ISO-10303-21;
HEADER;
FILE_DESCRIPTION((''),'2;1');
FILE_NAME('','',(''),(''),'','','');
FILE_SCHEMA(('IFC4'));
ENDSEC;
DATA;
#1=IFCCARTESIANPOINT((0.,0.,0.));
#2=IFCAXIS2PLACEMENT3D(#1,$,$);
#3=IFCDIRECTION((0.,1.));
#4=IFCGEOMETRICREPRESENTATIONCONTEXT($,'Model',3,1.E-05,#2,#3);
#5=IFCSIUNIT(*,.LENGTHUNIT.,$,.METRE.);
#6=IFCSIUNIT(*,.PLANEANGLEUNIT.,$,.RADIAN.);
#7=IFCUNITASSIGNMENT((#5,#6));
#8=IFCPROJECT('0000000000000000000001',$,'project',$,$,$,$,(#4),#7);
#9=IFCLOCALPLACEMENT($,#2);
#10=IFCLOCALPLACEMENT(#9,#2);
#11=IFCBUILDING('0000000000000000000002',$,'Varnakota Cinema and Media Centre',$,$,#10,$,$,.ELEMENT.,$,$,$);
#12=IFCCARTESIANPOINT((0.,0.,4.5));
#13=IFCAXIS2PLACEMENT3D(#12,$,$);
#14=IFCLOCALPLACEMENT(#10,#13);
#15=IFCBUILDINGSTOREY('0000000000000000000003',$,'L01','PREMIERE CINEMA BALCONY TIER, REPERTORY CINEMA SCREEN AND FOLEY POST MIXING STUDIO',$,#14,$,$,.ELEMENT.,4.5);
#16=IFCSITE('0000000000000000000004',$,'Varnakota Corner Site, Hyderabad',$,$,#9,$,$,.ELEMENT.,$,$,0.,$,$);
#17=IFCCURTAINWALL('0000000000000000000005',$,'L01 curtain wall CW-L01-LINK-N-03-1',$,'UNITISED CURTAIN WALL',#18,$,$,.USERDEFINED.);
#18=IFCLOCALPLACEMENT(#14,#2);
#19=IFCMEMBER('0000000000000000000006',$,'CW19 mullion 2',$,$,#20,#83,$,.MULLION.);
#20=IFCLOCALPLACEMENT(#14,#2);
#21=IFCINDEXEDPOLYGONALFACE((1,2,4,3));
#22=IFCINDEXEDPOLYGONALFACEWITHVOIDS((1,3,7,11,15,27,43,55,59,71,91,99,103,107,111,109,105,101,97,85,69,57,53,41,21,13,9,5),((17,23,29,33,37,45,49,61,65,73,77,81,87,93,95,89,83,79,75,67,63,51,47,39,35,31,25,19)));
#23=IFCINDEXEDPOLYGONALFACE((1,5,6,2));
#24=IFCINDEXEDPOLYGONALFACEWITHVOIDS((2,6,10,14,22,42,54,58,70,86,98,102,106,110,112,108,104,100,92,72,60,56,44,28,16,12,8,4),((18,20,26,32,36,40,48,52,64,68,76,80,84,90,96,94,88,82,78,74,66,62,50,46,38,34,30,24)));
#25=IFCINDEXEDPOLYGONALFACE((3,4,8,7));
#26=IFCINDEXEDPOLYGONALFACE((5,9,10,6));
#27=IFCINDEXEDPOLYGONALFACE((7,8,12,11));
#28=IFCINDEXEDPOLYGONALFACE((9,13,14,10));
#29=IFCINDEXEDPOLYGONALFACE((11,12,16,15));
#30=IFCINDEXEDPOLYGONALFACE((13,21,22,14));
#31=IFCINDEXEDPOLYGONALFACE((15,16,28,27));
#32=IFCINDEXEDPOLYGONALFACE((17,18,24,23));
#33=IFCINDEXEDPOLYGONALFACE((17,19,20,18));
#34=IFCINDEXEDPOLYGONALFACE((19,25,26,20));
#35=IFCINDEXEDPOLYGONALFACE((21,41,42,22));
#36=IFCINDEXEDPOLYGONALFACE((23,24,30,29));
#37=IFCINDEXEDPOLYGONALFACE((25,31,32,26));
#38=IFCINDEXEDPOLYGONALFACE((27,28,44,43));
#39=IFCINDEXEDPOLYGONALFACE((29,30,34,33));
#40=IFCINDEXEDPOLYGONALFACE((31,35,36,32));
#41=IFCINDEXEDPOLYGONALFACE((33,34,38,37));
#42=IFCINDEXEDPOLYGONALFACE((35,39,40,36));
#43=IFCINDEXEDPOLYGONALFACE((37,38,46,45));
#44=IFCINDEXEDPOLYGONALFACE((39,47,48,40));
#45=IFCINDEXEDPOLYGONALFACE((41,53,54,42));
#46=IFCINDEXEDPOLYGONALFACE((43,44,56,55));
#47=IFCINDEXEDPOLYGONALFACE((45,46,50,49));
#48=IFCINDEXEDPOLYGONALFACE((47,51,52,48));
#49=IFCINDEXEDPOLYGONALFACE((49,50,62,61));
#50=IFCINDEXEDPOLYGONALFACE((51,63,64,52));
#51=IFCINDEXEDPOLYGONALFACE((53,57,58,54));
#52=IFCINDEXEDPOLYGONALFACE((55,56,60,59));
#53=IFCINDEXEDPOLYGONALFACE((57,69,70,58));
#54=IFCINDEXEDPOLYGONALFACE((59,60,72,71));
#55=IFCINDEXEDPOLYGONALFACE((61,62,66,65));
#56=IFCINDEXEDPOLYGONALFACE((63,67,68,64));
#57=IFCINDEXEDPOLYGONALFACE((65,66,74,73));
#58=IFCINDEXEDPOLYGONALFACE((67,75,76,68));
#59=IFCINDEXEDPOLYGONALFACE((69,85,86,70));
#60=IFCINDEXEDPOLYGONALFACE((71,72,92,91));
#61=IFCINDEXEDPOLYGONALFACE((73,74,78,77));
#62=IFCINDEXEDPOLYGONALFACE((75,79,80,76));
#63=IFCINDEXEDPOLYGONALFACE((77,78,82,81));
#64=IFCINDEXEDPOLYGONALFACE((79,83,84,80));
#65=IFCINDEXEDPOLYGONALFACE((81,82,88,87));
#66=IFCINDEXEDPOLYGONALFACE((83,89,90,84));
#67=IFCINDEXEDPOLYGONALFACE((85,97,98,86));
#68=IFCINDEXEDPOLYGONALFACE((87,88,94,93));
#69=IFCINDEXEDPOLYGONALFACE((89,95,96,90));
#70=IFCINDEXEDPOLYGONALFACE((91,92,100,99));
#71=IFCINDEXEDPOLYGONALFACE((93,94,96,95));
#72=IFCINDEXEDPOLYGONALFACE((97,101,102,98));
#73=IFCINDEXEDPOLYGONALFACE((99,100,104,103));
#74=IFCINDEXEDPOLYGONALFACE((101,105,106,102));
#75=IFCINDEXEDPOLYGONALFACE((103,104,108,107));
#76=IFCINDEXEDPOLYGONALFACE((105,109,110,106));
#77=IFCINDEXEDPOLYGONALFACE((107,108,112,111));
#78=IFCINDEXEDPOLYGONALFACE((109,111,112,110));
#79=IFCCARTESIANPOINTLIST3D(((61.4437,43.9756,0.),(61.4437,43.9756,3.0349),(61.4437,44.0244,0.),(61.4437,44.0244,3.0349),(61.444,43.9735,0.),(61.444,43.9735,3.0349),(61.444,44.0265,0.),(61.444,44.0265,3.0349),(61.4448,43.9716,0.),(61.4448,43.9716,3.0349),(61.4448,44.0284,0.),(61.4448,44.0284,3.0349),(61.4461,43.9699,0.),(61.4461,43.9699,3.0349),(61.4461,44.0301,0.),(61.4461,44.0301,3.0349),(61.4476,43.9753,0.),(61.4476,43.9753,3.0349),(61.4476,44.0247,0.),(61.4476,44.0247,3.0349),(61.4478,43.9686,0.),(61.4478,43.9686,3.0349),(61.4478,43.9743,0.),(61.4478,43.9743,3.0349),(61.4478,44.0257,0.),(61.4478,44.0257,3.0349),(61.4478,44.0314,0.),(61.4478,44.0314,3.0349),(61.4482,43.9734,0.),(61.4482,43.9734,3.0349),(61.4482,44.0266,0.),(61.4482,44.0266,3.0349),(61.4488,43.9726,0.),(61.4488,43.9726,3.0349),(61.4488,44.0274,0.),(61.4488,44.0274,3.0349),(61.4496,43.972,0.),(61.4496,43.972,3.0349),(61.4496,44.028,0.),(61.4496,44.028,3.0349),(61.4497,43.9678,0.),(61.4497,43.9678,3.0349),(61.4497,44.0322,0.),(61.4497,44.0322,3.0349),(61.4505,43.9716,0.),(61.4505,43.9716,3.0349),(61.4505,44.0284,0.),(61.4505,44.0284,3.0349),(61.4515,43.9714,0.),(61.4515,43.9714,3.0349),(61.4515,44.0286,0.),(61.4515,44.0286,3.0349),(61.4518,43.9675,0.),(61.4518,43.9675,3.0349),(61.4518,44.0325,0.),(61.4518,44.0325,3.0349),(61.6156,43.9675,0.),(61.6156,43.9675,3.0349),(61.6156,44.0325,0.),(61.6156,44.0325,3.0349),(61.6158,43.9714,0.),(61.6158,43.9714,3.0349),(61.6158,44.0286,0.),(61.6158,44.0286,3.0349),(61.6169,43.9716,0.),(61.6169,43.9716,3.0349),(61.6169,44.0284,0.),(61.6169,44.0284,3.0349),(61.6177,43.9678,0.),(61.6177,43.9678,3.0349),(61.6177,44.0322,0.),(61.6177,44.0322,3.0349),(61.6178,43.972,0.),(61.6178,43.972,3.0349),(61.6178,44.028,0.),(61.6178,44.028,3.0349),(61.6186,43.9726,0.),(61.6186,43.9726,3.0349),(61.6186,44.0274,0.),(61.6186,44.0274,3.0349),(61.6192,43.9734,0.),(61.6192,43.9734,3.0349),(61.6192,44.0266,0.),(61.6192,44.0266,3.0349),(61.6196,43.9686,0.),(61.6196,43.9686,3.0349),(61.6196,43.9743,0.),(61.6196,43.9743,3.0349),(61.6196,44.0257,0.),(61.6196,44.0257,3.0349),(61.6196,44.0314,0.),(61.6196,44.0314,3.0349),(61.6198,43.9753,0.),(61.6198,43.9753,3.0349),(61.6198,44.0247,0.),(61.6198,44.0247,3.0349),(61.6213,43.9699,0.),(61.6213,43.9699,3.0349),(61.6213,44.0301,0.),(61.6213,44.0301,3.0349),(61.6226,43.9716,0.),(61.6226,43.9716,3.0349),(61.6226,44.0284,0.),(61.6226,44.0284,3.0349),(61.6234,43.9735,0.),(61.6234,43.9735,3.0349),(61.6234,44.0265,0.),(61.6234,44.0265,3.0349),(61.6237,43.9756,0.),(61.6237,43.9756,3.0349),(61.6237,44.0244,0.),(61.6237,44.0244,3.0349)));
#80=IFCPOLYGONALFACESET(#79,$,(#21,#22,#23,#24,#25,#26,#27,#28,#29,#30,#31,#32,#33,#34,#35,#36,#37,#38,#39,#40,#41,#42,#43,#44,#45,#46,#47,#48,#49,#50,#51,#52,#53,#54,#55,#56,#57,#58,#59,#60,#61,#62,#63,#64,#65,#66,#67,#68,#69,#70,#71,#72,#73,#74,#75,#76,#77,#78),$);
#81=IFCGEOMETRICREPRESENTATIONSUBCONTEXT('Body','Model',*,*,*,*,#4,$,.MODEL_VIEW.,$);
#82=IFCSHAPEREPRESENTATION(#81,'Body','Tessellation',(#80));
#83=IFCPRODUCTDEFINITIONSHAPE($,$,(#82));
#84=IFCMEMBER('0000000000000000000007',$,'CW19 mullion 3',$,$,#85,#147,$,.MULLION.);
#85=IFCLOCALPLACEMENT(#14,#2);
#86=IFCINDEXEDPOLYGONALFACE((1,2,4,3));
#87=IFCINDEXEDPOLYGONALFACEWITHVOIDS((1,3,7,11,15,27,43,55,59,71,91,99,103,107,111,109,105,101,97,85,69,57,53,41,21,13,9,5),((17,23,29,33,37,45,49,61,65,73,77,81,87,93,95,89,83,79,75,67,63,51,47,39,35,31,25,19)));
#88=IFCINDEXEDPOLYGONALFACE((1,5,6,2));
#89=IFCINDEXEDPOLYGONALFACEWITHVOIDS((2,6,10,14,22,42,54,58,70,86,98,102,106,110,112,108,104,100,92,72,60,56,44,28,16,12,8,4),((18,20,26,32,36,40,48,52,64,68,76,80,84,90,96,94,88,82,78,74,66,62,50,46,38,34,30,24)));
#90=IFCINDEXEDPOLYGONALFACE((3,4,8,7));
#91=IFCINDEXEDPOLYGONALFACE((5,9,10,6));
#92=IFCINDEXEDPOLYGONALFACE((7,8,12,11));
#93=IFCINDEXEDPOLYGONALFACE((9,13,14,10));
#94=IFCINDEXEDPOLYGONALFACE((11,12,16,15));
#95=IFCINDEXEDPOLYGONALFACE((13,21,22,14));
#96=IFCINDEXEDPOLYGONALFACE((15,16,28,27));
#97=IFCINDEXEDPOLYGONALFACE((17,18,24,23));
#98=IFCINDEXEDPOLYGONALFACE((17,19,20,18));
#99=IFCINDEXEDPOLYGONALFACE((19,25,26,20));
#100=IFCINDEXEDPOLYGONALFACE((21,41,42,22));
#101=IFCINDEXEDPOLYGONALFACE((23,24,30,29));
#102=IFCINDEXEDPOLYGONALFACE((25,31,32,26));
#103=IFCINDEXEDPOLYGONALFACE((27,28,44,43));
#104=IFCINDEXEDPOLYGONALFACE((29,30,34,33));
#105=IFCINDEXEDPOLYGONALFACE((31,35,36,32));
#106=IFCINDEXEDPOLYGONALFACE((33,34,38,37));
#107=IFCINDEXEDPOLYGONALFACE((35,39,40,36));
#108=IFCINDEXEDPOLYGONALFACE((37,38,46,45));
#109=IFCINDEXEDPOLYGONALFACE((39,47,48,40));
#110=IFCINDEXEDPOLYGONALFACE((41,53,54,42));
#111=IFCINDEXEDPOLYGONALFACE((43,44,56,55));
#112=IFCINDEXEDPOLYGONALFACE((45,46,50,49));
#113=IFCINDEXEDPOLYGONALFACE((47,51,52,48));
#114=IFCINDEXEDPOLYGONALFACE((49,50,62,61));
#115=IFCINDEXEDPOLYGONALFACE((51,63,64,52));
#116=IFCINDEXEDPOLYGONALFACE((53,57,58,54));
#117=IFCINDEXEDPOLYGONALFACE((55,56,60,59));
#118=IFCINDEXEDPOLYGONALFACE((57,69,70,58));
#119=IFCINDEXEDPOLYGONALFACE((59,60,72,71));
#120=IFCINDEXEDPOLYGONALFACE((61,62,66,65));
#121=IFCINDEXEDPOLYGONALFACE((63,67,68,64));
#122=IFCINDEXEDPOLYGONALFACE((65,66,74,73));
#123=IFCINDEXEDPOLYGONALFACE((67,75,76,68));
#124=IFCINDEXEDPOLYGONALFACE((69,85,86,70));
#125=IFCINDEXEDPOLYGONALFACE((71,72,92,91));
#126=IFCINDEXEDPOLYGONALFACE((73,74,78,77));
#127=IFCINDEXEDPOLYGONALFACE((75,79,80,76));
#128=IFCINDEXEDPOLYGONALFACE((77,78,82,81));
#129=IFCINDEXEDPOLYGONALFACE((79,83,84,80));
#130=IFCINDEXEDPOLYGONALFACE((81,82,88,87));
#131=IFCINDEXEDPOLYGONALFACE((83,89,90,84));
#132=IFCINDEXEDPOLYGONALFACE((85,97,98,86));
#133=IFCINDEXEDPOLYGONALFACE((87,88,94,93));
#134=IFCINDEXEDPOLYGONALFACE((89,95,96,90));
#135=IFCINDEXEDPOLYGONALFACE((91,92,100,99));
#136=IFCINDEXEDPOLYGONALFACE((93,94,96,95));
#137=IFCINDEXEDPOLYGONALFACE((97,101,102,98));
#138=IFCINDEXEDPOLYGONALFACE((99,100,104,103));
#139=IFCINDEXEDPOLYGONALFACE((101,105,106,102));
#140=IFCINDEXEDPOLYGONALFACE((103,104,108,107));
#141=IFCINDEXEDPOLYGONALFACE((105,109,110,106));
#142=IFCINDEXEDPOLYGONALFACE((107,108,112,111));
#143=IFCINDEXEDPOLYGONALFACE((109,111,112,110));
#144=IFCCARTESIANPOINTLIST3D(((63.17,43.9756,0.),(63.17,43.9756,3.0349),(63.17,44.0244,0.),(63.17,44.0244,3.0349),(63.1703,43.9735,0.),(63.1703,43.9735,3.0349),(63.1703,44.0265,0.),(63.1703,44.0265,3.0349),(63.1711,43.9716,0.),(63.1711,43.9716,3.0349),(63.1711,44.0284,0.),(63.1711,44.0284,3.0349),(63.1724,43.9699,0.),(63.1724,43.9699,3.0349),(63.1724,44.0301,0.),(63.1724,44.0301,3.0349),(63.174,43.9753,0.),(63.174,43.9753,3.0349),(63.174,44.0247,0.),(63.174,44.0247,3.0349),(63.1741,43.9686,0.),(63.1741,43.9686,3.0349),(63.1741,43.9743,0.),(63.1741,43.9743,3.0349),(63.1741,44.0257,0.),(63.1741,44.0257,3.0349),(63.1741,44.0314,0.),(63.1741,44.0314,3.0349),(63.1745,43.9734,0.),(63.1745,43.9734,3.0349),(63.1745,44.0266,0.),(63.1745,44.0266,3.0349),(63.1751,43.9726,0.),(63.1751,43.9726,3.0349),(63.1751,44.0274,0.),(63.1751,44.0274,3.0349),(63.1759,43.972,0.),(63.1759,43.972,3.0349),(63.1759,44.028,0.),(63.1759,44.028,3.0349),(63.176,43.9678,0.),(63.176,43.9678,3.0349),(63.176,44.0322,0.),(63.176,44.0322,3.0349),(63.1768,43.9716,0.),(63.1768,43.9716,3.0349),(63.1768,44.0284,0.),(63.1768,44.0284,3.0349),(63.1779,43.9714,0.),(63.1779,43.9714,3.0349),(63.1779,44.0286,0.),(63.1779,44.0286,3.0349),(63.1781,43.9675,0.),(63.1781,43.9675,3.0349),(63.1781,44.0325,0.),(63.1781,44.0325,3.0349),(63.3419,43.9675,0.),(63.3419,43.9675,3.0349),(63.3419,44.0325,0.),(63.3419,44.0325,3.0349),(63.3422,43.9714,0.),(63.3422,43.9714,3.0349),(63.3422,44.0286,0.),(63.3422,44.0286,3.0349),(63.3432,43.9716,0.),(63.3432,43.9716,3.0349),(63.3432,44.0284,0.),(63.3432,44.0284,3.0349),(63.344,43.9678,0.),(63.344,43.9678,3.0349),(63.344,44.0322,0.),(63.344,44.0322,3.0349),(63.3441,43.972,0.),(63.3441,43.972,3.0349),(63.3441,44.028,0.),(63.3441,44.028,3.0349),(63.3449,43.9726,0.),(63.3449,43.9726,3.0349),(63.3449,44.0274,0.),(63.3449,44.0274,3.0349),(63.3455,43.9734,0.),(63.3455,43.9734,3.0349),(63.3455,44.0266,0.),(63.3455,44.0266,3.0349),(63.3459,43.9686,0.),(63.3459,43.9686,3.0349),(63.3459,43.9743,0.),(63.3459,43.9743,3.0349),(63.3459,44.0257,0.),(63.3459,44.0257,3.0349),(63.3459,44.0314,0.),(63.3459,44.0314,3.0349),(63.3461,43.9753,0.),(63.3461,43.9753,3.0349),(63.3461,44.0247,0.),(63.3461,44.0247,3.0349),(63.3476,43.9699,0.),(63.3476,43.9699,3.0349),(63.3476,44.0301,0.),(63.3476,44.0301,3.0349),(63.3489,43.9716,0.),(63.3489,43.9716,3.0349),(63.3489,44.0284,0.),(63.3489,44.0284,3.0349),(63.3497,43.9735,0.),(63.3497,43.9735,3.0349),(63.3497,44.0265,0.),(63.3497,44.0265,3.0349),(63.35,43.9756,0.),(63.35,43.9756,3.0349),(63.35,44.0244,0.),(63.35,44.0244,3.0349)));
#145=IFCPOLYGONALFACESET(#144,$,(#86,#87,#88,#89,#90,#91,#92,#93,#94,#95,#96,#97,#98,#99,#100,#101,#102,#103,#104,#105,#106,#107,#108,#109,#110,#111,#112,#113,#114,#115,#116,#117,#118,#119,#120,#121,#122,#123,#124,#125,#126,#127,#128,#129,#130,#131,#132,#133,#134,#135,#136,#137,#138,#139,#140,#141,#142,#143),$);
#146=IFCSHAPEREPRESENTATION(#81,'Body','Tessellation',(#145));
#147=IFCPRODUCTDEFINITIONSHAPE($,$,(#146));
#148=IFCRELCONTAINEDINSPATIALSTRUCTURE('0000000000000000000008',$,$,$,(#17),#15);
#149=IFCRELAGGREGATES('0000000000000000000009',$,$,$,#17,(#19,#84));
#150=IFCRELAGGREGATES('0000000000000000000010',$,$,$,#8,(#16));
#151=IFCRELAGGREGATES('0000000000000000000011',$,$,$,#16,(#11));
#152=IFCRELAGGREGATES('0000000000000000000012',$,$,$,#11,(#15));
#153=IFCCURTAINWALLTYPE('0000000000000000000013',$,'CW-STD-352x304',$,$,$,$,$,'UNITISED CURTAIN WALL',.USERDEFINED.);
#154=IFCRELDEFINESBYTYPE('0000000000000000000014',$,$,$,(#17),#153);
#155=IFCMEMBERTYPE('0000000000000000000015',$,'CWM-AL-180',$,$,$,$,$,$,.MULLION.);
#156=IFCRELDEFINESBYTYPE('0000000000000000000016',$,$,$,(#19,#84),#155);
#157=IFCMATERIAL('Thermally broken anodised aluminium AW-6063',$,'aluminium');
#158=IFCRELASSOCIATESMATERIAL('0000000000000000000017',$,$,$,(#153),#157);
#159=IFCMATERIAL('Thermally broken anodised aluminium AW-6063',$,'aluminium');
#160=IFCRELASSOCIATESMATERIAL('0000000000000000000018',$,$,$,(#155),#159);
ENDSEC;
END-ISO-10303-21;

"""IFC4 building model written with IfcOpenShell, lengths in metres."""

from ifc_helpers import new_model, si_unit, direction, frame, origin, origin_2d, place, context, subcontext, project, spatial, hollow_rectangle, extrude, material, material_profile, profile_set, type_object, element, aggregate, save


model = new_model("IFC4")

# Units and contexts
model_context = context("Model", 3, precision=1e-05, world=origin(), true_north=direction((0.0, 1.0)))
body_context = subcontext(model_context, "Body", "Model", "MODEL_VIEW")
ifc_project = project(units=[si_unit("LENGTHUNIT", "METRE"), si_unit("PLANEANGLEUNIT", "RADIAN")], contexts=[model_context])

# Site, building, storey
site_placement = place(None, origin())
site = spatial("IfcSite", under=ifc_project, at=site_placement, Name="Varnakota Corner Site, Hyderabad", CompositionType="ELEMENT", RefElevation=0.0)
building_placement = place(site_placement, origin())
building = spatial("IfcBuilding", under=site, at=building_placement, Name="Varnakota Cinema and Media Centre", CompositionType="ELEMENT")
storey_placement = place(building_placement, frame((0.0, 0.0, 4.5)))
storey = spatial("IfcBuildingStorey", under=building, at=storey_placement, Name="L01", Description="PREMIERE CINEMA BALCONY TIER, REPERTORY CINEMA SCREEN AND FOLEY POST MIXING STUDIO", CompositionType="ELEMENT", Elevation=4.5)

# Shared definitions
ifc_material_1 = material(Name="Thermally broken anodised aluminium AW-6063", Category="aluminium")
curtain_wall_type = type_object("IfcCurtainWallType", Name="CW-STD-352x304", ElementType="UNITISED CURTAIN WALL", PredefinedType="USERDEFINED", material=ifc_material_1)
ifc_material_2 = material(Name="Thermally broken anodised aluminium AW-6063", Category="aluminium")
ifc_material_profile_1 = material_profile(ifc_material_2, hollow_rectangle(XDim=0.0649, YDim=0.1799, WallThickness=0.0039, InnerFilletRadius=0.0039, OuterFilletRadius=0.0081, at=origin_2d()), Name="AL-MULLION 180x65x4")
ifc_profile_set_1 = profile_set([ifc_material_profile_1], Name="Thermally broken anodised aluminium AW-6063")
member_type_1 = type_object("IfcMemberType", Name="CWM-AL-180", PredefinedType="MULLION", material=ifc_profile_set_1)

# Curtain wall, members
curtain_wall_1_placement = place(storey_placement, origin())
curtain_wall_1 = element("IfcCurtainWall", 1, at=curtain_wall_1_placement, inside=storey, type_object=curtain_wall_type, Name="L01 curtain wall CW-L01-LINK-N-03-1", ObjectType="UNITISED CURTAIN WALL", PredefinedType="USERDEFINED")
member_1_placement = place(storey_placement, frame((61.5337, 44.0, 0.0), z_axis=(0.0, 0.0, 1.0), x_axis=(0.0, 1.0, 0.0)))
member_1 = element("IfcMember", 2, at=member_1_placement, type_object=member_type_1, Name="CW19 mullion 2", PredefinedType="MULLION", context=body_context, shape_type="SweptSolid", body=[
    extrude(hollow_rectangle(XDim=0.0649, YDim=0.1799, WallThickness=0.0039, InnerFilletRadius=0.0039, OuterFilletRadius=0.0081, at=origin_2d()), origin(), (0.0, 0.0, 1.0), 3.0349),
])
member_2_placement = place(storey_placement, frame((63.26, 44.0, 0.0), z_axis=(0.0, 0.0, 1.0), x_axis=(0.0, 1.0, 0.0)))
member_2 = element("IfcMember", 3, at=member_2_placement, type_object=member_type_1, Name="CW19 mullion 3", PredefinedType="MULLION", context=body_context, shape_type="SweptSolid", body=[
    extrude(hollow_rectangle(XDim=0.0649, YDim=0.1799, WallThickness=0.0039, InnerFilletRadius=0.0039, OuterFilletRadius=0.0081, at=origin_2d()), origin(), (0.0, 0.0, 1.0), 3.0349),
])

aggregate(curtain_wall_1, [member_1, member_2])

save(model, "model.ifc")
